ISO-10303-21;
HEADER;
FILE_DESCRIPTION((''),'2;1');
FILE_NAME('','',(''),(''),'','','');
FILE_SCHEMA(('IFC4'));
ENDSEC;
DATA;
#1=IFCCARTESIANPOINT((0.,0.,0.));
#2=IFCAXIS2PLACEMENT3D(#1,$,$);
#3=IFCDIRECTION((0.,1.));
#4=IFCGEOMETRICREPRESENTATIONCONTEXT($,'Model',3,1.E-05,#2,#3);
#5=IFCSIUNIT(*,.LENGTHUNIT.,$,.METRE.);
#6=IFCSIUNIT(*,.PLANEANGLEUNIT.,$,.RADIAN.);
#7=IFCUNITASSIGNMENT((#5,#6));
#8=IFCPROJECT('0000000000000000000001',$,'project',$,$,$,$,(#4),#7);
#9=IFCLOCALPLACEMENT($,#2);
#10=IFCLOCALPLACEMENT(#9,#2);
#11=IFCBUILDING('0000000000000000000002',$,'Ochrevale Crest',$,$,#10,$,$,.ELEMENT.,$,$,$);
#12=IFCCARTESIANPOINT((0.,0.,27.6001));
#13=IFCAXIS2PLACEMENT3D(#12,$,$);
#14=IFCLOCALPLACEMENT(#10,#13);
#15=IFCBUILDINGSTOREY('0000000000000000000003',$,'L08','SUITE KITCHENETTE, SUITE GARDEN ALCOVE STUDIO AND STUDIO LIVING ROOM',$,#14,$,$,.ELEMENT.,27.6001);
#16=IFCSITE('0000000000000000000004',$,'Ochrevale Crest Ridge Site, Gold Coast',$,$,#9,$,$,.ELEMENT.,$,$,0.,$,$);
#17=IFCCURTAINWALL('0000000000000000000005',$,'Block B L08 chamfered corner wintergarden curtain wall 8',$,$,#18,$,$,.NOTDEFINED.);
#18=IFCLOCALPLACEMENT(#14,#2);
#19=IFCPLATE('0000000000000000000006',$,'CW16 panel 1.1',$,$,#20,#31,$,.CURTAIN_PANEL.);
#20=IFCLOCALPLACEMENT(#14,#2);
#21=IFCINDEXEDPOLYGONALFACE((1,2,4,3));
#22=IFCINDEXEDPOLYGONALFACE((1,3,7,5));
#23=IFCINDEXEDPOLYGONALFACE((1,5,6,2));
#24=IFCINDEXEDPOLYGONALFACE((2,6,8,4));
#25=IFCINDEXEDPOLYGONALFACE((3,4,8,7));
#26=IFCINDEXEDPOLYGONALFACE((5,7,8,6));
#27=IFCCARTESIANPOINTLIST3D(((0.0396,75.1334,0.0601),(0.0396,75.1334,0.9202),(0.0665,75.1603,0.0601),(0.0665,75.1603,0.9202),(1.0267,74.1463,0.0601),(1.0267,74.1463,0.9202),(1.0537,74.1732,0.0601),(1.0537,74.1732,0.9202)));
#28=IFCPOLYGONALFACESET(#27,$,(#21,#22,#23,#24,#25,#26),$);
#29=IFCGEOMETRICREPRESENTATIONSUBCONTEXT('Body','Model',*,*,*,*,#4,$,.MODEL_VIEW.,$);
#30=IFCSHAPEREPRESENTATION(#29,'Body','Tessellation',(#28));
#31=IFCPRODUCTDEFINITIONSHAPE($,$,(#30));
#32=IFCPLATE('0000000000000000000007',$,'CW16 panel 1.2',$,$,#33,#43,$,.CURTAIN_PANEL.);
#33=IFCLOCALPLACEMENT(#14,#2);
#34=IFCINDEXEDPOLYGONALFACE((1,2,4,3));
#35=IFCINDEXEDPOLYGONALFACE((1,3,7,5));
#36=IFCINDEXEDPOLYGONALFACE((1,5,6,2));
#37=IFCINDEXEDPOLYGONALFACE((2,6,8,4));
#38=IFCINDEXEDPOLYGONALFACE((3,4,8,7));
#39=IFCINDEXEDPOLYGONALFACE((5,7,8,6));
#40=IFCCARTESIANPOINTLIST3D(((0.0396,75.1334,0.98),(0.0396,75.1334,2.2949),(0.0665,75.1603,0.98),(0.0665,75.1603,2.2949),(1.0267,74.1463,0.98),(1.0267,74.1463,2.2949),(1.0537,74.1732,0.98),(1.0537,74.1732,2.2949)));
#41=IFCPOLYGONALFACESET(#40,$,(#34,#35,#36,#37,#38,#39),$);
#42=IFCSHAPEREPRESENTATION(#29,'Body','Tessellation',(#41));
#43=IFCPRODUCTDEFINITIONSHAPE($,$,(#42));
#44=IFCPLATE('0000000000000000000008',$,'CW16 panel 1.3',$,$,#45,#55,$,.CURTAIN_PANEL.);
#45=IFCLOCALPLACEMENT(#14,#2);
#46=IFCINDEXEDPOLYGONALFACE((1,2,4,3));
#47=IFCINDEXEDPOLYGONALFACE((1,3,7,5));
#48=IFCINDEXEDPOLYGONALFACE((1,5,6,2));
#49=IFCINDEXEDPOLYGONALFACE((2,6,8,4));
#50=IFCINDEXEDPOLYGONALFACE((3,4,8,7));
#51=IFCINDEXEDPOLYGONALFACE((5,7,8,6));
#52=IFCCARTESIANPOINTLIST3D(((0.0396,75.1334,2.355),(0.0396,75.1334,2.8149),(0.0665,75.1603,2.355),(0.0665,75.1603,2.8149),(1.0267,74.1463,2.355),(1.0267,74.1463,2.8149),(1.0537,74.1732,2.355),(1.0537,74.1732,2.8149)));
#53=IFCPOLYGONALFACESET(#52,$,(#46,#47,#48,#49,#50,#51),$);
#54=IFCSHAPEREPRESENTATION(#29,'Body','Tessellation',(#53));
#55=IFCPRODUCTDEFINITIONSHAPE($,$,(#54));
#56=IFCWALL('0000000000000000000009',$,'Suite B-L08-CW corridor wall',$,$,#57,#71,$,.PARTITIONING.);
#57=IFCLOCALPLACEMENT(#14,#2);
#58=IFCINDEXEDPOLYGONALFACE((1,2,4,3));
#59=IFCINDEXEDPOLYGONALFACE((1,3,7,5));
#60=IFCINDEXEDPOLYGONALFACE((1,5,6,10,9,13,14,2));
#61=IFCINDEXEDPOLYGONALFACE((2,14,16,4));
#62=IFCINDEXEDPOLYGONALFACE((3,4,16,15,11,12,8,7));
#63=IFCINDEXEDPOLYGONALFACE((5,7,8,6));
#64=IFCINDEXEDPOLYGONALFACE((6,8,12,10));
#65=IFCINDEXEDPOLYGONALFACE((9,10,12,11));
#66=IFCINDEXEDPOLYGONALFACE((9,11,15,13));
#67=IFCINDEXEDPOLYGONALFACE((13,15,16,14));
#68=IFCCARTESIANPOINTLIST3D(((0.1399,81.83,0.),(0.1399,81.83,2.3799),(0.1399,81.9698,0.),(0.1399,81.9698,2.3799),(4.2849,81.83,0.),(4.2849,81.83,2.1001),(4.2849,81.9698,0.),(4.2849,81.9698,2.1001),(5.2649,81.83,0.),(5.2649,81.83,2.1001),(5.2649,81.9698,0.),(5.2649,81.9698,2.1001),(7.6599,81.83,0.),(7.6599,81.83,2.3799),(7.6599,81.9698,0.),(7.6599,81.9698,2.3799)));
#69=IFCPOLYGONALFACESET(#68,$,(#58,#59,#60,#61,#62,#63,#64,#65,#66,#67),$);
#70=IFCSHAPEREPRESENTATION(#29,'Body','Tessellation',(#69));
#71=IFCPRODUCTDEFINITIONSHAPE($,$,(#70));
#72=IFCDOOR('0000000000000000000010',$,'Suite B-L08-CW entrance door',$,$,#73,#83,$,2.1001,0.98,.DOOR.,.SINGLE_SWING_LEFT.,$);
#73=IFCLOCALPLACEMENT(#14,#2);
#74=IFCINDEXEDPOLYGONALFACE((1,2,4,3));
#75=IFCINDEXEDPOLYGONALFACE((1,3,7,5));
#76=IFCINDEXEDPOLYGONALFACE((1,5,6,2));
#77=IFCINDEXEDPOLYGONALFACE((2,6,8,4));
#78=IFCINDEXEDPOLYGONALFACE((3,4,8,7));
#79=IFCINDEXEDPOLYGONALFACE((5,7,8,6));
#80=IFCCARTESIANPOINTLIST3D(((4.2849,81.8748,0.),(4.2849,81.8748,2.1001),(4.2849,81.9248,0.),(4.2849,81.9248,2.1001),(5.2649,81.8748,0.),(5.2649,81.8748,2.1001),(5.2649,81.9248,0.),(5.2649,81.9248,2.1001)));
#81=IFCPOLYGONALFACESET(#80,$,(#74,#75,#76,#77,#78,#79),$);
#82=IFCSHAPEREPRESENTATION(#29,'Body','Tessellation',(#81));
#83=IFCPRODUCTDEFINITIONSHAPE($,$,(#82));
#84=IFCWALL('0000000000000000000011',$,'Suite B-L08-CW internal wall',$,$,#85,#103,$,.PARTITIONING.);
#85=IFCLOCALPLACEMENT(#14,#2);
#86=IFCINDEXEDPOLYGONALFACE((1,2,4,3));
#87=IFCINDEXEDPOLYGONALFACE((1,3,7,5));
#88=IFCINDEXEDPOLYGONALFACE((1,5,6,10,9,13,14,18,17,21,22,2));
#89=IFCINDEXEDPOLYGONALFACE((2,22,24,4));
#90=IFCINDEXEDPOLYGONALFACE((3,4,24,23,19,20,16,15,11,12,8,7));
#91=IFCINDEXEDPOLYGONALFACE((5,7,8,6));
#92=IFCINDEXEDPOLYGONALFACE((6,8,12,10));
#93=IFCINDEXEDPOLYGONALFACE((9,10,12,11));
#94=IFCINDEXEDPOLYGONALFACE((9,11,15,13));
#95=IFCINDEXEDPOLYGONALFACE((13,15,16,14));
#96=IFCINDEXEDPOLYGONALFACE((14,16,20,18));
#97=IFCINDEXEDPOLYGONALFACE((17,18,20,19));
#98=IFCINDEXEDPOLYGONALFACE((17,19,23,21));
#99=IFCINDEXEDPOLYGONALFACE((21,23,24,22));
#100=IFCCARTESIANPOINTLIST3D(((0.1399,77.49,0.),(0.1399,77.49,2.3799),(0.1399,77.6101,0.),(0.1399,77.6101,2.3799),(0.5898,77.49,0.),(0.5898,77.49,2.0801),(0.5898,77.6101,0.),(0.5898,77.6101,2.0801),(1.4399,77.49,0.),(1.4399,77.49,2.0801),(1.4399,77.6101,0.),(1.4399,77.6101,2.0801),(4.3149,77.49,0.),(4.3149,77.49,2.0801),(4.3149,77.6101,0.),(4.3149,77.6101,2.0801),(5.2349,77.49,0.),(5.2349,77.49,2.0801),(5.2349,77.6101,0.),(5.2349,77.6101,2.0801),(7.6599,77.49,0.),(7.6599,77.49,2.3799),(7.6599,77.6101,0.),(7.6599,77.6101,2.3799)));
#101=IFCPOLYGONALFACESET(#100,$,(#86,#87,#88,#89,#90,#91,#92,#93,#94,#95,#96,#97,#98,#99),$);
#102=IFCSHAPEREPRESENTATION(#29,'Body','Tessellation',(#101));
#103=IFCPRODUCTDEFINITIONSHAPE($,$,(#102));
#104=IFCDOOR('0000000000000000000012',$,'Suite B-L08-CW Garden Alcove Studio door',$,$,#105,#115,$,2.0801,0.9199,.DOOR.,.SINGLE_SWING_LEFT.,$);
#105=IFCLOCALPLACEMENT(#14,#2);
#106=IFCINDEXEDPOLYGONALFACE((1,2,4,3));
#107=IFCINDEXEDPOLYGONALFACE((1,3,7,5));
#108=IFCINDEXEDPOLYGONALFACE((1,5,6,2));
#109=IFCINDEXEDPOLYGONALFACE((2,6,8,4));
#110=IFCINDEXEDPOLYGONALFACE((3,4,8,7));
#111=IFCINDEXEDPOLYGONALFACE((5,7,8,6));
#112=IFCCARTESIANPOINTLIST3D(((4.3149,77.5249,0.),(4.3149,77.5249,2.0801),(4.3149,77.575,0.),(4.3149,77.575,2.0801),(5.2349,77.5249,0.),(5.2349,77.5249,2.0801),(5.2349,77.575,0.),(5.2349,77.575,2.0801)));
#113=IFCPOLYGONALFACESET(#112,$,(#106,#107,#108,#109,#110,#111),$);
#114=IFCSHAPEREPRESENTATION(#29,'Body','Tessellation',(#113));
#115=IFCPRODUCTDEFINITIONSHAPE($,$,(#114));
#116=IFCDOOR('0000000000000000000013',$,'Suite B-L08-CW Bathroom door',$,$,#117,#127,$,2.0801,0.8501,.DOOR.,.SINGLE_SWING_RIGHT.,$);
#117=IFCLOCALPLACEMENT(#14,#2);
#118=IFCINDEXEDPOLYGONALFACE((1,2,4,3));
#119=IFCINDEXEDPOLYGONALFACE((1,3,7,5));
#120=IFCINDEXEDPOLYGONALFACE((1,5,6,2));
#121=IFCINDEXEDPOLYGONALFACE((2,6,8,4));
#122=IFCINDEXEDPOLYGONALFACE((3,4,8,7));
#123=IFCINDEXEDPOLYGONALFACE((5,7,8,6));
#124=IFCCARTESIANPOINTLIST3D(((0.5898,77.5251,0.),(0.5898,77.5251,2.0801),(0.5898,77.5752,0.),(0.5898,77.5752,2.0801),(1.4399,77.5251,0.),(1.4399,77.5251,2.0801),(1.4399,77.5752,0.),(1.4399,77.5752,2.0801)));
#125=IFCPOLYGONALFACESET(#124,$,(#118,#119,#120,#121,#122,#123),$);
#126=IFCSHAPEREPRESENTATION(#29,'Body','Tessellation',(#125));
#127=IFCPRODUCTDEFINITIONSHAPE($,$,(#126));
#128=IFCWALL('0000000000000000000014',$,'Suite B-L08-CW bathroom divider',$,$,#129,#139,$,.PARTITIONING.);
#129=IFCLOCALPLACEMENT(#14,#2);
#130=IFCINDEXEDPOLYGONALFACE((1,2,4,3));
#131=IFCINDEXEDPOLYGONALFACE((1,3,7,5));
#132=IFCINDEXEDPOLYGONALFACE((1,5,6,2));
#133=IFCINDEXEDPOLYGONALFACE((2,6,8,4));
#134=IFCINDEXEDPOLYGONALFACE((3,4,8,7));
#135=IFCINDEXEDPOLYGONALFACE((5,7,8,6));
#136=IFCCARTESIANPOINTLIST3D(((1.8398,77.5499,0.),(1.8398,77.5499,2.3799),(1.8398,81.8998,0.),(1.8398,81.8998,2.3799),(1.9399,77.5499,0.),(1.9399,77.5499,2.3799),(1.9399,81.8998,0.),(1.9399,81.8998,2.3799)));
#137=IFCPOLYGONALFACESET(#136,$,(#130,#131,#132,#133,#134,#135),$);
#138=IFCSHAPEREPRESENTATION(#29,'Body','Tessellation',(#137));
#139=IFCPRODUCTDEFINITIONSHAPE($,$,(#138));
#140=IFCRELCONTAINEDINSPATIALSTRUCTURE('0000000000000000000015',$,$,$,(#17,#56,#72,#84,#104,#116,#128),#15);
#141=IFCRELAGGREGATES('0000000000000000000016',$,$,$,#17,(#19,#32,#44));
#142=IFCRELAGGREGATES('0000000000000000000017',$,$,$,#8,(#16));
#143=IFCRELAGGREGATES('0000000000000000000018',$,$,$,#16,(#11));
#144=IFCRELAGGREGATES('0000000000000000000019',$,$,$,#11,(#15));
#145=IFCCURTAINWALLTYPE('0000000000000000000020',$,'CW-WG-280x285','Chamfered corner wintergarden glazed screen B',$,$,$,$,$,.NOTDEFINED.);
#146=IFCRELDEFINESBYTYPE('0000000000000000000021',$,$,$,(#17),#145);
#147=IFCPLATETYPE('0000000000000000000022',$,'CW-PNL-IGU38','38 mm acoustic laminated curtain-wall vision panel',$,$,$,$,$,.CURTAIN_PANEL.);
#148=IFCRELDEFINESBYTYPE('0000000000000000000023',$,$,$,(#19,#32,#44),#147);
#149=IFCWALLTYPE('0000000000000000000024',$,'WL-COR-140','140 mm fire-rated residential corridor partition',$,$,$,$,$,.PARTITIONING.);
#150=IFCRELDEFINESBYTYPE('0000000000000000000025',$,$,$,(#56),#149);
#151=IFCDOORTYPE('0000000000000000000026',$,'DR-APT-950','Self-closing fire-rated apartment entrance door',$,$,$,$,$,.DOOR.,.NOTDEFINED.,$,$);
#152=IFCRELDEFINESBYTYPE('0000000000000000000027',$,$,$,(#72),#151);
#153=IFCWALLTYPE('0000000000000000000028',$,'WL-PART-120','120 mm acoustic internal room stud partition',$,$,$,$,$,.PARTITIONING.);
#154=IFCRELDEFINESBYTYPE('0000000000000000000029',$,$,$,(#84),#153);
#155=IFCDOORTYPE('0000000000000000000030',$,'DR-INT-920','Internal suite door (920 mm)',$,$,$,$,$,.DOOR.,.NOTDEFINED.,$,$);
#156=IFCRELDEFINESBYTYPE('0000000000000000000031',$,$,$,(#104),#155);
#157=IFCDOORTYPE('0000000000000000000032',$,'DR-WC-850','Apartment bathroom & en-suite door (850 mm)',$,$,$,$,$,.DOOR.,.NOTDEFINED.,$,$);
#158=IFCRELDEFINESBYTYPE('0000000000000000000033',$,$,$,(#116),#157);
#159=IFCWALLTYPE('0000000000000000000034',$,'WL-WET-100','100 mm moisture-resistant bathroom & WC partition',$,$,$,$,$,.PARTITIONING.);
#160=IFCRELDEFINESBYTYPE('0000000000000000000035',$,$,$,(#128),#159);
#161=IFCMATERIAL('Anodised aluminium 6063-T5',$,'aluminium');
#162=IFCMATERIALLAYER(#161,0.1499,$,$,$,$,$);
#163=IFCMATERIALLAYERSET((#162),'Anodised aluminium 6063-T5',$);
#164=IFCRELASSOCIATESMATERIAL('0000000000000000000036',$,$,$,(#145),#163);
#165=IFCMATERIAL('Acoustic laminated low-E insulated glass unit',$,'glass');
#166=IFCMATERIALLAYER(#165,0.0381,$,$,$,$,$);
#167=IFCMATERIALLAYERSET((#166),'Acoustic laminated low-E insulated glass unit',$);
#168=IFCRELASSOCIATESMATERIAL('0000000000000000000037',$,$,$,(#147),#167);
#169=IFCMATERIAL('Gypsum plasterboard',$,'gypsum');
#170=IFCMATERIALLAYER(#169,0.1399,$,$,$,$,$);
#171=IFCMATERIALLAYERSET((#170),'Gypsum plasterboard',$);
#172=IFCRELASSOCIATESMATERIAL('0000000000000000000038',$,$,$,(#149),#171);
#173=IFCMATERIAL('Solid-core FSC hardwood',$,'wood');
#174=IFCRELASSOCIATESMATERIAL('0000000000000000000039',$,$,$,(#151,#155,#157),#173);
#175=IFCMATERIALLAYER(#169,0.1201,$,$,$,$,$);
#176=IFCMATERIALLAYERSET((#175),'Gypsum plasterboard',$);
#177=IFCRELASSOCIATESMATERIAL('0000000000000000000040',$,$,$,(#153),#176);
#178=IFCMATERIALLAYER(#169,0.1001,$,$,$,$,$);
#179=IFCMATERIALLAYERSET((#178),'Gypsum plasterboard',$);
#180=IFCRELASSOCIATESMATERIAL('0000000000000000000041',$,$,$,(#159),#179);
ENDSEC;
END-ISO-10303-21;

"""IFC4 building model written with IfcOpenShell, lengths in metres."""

from ifc_helpers import new_model, si_unit, direction, frame, frame_2d, origin, origin_2d, place, context, subcontext, project, spatial, rectangle, extrude, material, layer, layer_set, type_object, element, fill, aggregate, save


model = new_model("IFC4")

# Units and contexts
model_context = context("Model", 3, precision=1e-05, world=origin(), true_north=direction((0.0, 1.0)))
body_context = subcontext(model_context, "Body", "Model", "MODEL_VIEW")
ifc_project = project(units=[si_unit("LENGTHUNIT", "METRE"), si_unit("PLANEANGLEUNIT", "RADIAN")], contexts=[model_context])

# Site, building, storey
site_placement = place(None, origin())
site = spatial("IfcSite", under=ifc_project, at=site_placement, Name="Ochrevale Crest Ridge Site, Gold Coast", CompositionType="ELEMENT", RefElevation=0.0)
building_placement = place(site_placement, origin())
building = spatial("IfcBuilding", under=site, at=building_placement, Name="Ochrevale Crest", CompositionType="ELEMENT")
storey_placement = place(building_placement, frame((0.0, 0.0, 27.6001)))
storey = spatial("IfcBuildingStorey", under=building, at=storey_placement, Name="L08", Description="SUITE KITCHENETTE, SUITE GARDEN ALCOVE STUDIO AND STUDIO LIVING ROOM", CompositionType="ELEMENT", Elevation=27.6001)

# Curtain wall, plates
ifc_material_1 = material(Name="Anodised aluminium 6063-T5", Category="aluminium")
ifc_layer_1 = layer(ifc_material_1, 0.1499)
ifc_layer_set_1 = layer_set([ifc_layer_1], Name="Anodised aluminium 6063-T5")
curtain_wall_type = type_object("IfcCurtainWallType", Name="CW-WG-280x285", Description="Chamfered corner wintergarden glazed screen B", PredefinedType="NOTDEFINED", material=ifc_layer_set_1)
curtain_wall_placement = place(storey_placement, origin())
curtain_wall = element("IfcCurtainWall", 1, at=curtain_wall_placement, inside=storey, type_object=curtain_wall_type, Name="Block B L08 chamfered corner wintergarden curtain wall 8", PredefinedType="NOTDEFINED")
ifc_material_2 = material(Name="Acoustic laminated low-E insulated glass unit", Category="glass")
ifc_layer_2 = layer(ifc_material_2, 0.0381)
ifc_layer_set_2 = layer_set([ifc_layer_2], Name="Acoustic laminated low-E insulated glass unit")
plate_type = type_object("IfcPlateType", Name="CW-PNL-IGU38", Description="38 mm acoustic laminated curtain-wall vision panel", PredefinedType="CURTAIN_PANEL", material=ifc_layer_set_2)
plate_1_placement = place(storey_placement, frame((0.5466, 74.6533, 0.0601), z_axis=(0.0, 0.0, 1.0), x_axis=(0.707107, -0.707107, 0.0)))
plate_1 = element("IfcPlate", 2, at=plate_1_placement, type_object=plate_type, Name="CW16 panel 1.1", PredefinedType="CURTAIN_PANEL", context=body_context, shape_type="SweptSolid", body=[
    extrude(rectangle(XDim=1.396, YDim=0.0381, at=origin_2d()), origin(), (0.0, 0.0, 1.0), 0.8601),
])
plate_2_placement = place(storey_placement, frame((0.5466, 74.6533, 0.98), z_axis=(0.0, 0.0, 1.0), x_axis=(0.707107, -0.707107, 0.0)))
plate_2 = element("IfcPlate", 3, at=plate_2_placement, type_object=plate_type, Name="CW16 panel 1.2", PredefinedType="CURTAIN_PANEL", context=body_context, shape_type="SweptSolid", body=[
    extrude(rectangle(XDim=1.396, YDim=0.0381, at=origin_2d()), origin(), (0.0, 0.0, 1.0), 1.3149),
])
plate_3_placement = place(storey_placement, frame((0.5466, 74.6533, 2.355), z_axis=(0.0, 0.0, 1.0), x_axis=(0.707107, -0.707107, 0.0)))
plate_3 = element("IfcPlate", 4, at=plate_3_placement, type_object=plate_type, Name="CW16 panel 1.3", PredefinedType="CURTAIN_PANEL", context=body_context, shape_type="SweptSolid", body=[
    extrude(rectangle(XDim=1.396, YDim=0.0381, at=origin_2d()), origin(), (0.0, 0.0, 1.0), 0.46),
])
aggregate(curtain_wall, [plate_1, plate_2, plate_3])

# Wall, opening, door
ifc_material_3 = material(Name="Gypsum plasterboard", Category="gypsum")
ifc_layer_3 = layer(ifc_material_3, 0.1399)
ifc_layer_set_3 = layer_set([ifc_layer_3], Name="Gypsum plasterboard")
wall_type_1 = type_object("IfcWallType", Name="WL-COR-140", Description="140 mm fire-rated residential corridor partition", PredefinedType="PARTITIONING", material=ifc_layer_set_3)
wall_1_placement = place(storey_placement, frame((0.1399, 81.8999, 0.0), z_axis=(0.0, 0.0, 1.0), x_axis=(1.0, 0.0, 0.0)))
wall_1 = element("IfcWall", 5, at=wall_1_placement, inside=storey, type_object=wall_type_1, Name="Suite B-L08-CW corridor wall", PredefinedType="PARTITIONING", context=body_context, shape_type="SweptSolid", body=[
    extrude(rectangle(XDim=7.52, YDim=0.1399, at=frame_2d((3.76, 0.0))), origin(), (0.0, 0.0, 1.0), 2.3799),
])
opening_1_placement = place(wall_1_placement, frame((4.145, 0.0, 0.0)))
opening_1 = element("IfcOpeningElement", 6, at=opening_1_placement, cuts=wall_1, PredefinedType="OPENING", context=body_context, shape_type="SweptSolid", body=[
    extrude(rectangle(XDim=0.98, YDim=2.1001, at=frame_2d((0.49, 1.05))), frame((0.0, 0.0801, 0.0), z_axis=(0.0, -1.0, 0.0), x_axis=(1.0, 0.0, 0.0)), (0.0, 0.0, 1.0), 0.1599),
])
ifc_material_4 = material(Name="Solid-core FSC hardwood", Category="wood")
door_type_1 = type_object("IfcDoorType", Name="DR-APT-950", Description="Self-closing fire-rated apartment entrance door", OperationType="NOTDEFINED", PredefinedType="DOOR", material=ifc_material_4)
door_1_placement = place(opening_1_placement, origin())
door_1 = element("IfcDoor", 7, at=door_1_placement, inside=storey, type_object=door_type_1, Name="Suite B-L08-CW entrance door", OperationType="SINGLE_SWING_LEFT", OverallHeight=2.1001, OverallWidth=0.98, PredefinedType="DOOR", context=body_context, shape_type="SweptSolid", body=[
    extrude(rectangle(XDim=0.98, YDim=2.1001, at=frame_2d((0.49, 1.05))), frame((0.0, 0.0249, 0.0), z_axis=(0.0, -1.0, 0.0), x_axis=(1.0, 0.0, 0.0)), (0.0, 0.0, 1.0), 0.05),
])
fill(opening_1, door_1)

# Wall, openings, doors
ifc_layer_4 = layer(ifc_material_3, 0.1201)
ifc_layer_set_4 = layer_set([ifc_layer_4], Name="Gypsum plasterboard")
wall_type_2 = type_object("IfcWallType", Name="WL-PART-120", Description="120 mm acoustic internal room stud partition", PredefinedType="PARTITIONING", material=ifc_layer_set_4)
wall_2_placement = place(storey_placement, frame((0.1399, 77.55, 0.0), z_axis=(0.0, 0.0, 1.0), x_axis=(1.0, 0.0, 0.0)))
wall_2 = element("IfcWall", 8, at=wall_2_placement, inside=storey, type_object=wall_type_2, Name="Suite B-L08-CW internal wall", PredefinedType="PARTITIONING", context=body_context, shape_type="SweptSolid", body=[
    extrude(rectangle(XDim=7.52, YDim=0.1201, at=frame_2d((3.76, 0.0))), origin(), (0.0, 0.0, 1.0), 2.3799),
])
opening_2_placement = place(wall_2_placement, frame((1.3, 0.0, 0.0), z_axis=(0.0, 0.0, 1.0), x_axis=(-1.0, 0.0, 0.0)))
opening_2 = element("IfcOpeningElement", 9, at=opening_2_placement, cuts=wall_2, PredefinedType="OPENING", context=body_context, shape_type="SweptSolid", body=[
    extrude(rectangle(XDim=0.8501, YDim=2.0801, at=frame_2d((0.425, 1.04))), frame((0.0, 0.0701, 0.0), z_axis=(0.0, -1.0, 0.0), x_axis=(1.0, 0.0, 0.0)), (0.0, 0.0, 1.0), 0.1401),
])
opening_3_placement = place(wall_2_placement, frame((4.175, 0.0, 0.0)))
opening_3 = element("IfcOpeningElement", 10, at=opening_3_placement, cuts=wall_2, PredefinedType="OPENING", context=body_context, shape_type="SweptSolid", body=[
    extrude(rectangle(XDim=0.9199, YDim=2.0801, at=frame_2d((0.46, 1.04))), frame((0.0, 0.0701, 0.0), z_axis=(0.0, -1.0, 0.0), x_axis=(1.0, 0.0, 0.0)), (0.0, 0.0, 1.0), 0.1401),
])
door_type_2 = type_object("IfcDoorType", Name="DR-INT-920", Description="Internal suite door (920 mm)", OperationType="NOTDEFINED", PredefinedType="DOOR", material=ifc_material_4)
door_2_placement = place(opening_3_placement, origin())
door_2 = element("IfcDoor", 11, at=door_2_placement, inside=storey, type_object=door_type_2, Name="Suite B-L08-CW Garden Alcove Studio door", OperationType="SINGLE_SWING_LEFT", OverallHeight=2.0801, OverallWidth=0.9199, PredefinedType="DOOR", context=body_context, shape_type="SweptSolid", body=[
    extrude(rectangle(XDim=0.9199, YDim=2.0801, at=frame_2d((0.46, 1.04))), frame((0.0, 0.0249, 0.0), z_axis=(0.0, -1.0, 0.0), x_axis=(1.0, 0.0, 0.0)), (0.0, 0.0, 1.0), 0.05),
])
fill(opening_3, door_2)
door_type_3 = type_object("IfcDoorType", Name="DR-WC-850", Description="Apartment bathroom & en-suite door (850 mm)", OperationType="NOTDEFINED", PredefinedType="DOOR", material=ifc_material_4)
door_3_placement = place(opening_2_placement, origin())
door_3 = element("IfcDoor", 12, at=door_3_placement, inside=storey, type_object=door_type_3, Name="Suite B-L08-CW Bathroom door", OperationType="SINGLE_SWING_RIGHT", OverallHeight=2.0801, OverallWidth=0.8501, PredefinedType="DOOR", context=body_context, shape_type="SweptSolid", body=[
    extrude(rectangle(XDim=0.8501, YDim=2.0801, at=frame_2d((0.425, 1.04))), frame((0.0, 0.0249, 0.0), z_axis=(0.0, -1.0, 0.0), x_axis=(1.0, 0.0, 0.0)), (0.0, 0.0, 1.0), 0.05),
])
fill(opening_2, door_3)

# Wall
ifc_layer_5 = layer(ifc_material_3, 0.1001)
ifc_layer_set_5 = layer_set([ifc_layer_5], Name="Gypsum plasterboard")
wall_type_3 = type_object("IfcWallType", Name="WL-WET-100", Description="100 mm moisture-resistant bathroom & WC partition", PredefinedType="PARTITIONING", material=ifc_layer_set_5)
wall_3_placement = place(storey_placement, frame((1.8899, 77.55, 0.0), z_axis=(0.0, 0.0, 1.0), x_axis=(0.0, 1.0, 0.0)))
element("IfcWall", 13, at=wall_3_placement, inside=storey, type_object=wall_type_3, Name="Suite B-L08-CW bathroom divider", PredefinedType="PARTITIONING", context=body_context, shape_type="SweptSolid", body=[
    extrude(rectangle(XDim=4.3499, YDim=0.1001, at=frame_2d((2.1748, 0.0))), origin(), (0.0, 0.0, 1.0), 2.3799),
])

save(model, "model.ifc")
